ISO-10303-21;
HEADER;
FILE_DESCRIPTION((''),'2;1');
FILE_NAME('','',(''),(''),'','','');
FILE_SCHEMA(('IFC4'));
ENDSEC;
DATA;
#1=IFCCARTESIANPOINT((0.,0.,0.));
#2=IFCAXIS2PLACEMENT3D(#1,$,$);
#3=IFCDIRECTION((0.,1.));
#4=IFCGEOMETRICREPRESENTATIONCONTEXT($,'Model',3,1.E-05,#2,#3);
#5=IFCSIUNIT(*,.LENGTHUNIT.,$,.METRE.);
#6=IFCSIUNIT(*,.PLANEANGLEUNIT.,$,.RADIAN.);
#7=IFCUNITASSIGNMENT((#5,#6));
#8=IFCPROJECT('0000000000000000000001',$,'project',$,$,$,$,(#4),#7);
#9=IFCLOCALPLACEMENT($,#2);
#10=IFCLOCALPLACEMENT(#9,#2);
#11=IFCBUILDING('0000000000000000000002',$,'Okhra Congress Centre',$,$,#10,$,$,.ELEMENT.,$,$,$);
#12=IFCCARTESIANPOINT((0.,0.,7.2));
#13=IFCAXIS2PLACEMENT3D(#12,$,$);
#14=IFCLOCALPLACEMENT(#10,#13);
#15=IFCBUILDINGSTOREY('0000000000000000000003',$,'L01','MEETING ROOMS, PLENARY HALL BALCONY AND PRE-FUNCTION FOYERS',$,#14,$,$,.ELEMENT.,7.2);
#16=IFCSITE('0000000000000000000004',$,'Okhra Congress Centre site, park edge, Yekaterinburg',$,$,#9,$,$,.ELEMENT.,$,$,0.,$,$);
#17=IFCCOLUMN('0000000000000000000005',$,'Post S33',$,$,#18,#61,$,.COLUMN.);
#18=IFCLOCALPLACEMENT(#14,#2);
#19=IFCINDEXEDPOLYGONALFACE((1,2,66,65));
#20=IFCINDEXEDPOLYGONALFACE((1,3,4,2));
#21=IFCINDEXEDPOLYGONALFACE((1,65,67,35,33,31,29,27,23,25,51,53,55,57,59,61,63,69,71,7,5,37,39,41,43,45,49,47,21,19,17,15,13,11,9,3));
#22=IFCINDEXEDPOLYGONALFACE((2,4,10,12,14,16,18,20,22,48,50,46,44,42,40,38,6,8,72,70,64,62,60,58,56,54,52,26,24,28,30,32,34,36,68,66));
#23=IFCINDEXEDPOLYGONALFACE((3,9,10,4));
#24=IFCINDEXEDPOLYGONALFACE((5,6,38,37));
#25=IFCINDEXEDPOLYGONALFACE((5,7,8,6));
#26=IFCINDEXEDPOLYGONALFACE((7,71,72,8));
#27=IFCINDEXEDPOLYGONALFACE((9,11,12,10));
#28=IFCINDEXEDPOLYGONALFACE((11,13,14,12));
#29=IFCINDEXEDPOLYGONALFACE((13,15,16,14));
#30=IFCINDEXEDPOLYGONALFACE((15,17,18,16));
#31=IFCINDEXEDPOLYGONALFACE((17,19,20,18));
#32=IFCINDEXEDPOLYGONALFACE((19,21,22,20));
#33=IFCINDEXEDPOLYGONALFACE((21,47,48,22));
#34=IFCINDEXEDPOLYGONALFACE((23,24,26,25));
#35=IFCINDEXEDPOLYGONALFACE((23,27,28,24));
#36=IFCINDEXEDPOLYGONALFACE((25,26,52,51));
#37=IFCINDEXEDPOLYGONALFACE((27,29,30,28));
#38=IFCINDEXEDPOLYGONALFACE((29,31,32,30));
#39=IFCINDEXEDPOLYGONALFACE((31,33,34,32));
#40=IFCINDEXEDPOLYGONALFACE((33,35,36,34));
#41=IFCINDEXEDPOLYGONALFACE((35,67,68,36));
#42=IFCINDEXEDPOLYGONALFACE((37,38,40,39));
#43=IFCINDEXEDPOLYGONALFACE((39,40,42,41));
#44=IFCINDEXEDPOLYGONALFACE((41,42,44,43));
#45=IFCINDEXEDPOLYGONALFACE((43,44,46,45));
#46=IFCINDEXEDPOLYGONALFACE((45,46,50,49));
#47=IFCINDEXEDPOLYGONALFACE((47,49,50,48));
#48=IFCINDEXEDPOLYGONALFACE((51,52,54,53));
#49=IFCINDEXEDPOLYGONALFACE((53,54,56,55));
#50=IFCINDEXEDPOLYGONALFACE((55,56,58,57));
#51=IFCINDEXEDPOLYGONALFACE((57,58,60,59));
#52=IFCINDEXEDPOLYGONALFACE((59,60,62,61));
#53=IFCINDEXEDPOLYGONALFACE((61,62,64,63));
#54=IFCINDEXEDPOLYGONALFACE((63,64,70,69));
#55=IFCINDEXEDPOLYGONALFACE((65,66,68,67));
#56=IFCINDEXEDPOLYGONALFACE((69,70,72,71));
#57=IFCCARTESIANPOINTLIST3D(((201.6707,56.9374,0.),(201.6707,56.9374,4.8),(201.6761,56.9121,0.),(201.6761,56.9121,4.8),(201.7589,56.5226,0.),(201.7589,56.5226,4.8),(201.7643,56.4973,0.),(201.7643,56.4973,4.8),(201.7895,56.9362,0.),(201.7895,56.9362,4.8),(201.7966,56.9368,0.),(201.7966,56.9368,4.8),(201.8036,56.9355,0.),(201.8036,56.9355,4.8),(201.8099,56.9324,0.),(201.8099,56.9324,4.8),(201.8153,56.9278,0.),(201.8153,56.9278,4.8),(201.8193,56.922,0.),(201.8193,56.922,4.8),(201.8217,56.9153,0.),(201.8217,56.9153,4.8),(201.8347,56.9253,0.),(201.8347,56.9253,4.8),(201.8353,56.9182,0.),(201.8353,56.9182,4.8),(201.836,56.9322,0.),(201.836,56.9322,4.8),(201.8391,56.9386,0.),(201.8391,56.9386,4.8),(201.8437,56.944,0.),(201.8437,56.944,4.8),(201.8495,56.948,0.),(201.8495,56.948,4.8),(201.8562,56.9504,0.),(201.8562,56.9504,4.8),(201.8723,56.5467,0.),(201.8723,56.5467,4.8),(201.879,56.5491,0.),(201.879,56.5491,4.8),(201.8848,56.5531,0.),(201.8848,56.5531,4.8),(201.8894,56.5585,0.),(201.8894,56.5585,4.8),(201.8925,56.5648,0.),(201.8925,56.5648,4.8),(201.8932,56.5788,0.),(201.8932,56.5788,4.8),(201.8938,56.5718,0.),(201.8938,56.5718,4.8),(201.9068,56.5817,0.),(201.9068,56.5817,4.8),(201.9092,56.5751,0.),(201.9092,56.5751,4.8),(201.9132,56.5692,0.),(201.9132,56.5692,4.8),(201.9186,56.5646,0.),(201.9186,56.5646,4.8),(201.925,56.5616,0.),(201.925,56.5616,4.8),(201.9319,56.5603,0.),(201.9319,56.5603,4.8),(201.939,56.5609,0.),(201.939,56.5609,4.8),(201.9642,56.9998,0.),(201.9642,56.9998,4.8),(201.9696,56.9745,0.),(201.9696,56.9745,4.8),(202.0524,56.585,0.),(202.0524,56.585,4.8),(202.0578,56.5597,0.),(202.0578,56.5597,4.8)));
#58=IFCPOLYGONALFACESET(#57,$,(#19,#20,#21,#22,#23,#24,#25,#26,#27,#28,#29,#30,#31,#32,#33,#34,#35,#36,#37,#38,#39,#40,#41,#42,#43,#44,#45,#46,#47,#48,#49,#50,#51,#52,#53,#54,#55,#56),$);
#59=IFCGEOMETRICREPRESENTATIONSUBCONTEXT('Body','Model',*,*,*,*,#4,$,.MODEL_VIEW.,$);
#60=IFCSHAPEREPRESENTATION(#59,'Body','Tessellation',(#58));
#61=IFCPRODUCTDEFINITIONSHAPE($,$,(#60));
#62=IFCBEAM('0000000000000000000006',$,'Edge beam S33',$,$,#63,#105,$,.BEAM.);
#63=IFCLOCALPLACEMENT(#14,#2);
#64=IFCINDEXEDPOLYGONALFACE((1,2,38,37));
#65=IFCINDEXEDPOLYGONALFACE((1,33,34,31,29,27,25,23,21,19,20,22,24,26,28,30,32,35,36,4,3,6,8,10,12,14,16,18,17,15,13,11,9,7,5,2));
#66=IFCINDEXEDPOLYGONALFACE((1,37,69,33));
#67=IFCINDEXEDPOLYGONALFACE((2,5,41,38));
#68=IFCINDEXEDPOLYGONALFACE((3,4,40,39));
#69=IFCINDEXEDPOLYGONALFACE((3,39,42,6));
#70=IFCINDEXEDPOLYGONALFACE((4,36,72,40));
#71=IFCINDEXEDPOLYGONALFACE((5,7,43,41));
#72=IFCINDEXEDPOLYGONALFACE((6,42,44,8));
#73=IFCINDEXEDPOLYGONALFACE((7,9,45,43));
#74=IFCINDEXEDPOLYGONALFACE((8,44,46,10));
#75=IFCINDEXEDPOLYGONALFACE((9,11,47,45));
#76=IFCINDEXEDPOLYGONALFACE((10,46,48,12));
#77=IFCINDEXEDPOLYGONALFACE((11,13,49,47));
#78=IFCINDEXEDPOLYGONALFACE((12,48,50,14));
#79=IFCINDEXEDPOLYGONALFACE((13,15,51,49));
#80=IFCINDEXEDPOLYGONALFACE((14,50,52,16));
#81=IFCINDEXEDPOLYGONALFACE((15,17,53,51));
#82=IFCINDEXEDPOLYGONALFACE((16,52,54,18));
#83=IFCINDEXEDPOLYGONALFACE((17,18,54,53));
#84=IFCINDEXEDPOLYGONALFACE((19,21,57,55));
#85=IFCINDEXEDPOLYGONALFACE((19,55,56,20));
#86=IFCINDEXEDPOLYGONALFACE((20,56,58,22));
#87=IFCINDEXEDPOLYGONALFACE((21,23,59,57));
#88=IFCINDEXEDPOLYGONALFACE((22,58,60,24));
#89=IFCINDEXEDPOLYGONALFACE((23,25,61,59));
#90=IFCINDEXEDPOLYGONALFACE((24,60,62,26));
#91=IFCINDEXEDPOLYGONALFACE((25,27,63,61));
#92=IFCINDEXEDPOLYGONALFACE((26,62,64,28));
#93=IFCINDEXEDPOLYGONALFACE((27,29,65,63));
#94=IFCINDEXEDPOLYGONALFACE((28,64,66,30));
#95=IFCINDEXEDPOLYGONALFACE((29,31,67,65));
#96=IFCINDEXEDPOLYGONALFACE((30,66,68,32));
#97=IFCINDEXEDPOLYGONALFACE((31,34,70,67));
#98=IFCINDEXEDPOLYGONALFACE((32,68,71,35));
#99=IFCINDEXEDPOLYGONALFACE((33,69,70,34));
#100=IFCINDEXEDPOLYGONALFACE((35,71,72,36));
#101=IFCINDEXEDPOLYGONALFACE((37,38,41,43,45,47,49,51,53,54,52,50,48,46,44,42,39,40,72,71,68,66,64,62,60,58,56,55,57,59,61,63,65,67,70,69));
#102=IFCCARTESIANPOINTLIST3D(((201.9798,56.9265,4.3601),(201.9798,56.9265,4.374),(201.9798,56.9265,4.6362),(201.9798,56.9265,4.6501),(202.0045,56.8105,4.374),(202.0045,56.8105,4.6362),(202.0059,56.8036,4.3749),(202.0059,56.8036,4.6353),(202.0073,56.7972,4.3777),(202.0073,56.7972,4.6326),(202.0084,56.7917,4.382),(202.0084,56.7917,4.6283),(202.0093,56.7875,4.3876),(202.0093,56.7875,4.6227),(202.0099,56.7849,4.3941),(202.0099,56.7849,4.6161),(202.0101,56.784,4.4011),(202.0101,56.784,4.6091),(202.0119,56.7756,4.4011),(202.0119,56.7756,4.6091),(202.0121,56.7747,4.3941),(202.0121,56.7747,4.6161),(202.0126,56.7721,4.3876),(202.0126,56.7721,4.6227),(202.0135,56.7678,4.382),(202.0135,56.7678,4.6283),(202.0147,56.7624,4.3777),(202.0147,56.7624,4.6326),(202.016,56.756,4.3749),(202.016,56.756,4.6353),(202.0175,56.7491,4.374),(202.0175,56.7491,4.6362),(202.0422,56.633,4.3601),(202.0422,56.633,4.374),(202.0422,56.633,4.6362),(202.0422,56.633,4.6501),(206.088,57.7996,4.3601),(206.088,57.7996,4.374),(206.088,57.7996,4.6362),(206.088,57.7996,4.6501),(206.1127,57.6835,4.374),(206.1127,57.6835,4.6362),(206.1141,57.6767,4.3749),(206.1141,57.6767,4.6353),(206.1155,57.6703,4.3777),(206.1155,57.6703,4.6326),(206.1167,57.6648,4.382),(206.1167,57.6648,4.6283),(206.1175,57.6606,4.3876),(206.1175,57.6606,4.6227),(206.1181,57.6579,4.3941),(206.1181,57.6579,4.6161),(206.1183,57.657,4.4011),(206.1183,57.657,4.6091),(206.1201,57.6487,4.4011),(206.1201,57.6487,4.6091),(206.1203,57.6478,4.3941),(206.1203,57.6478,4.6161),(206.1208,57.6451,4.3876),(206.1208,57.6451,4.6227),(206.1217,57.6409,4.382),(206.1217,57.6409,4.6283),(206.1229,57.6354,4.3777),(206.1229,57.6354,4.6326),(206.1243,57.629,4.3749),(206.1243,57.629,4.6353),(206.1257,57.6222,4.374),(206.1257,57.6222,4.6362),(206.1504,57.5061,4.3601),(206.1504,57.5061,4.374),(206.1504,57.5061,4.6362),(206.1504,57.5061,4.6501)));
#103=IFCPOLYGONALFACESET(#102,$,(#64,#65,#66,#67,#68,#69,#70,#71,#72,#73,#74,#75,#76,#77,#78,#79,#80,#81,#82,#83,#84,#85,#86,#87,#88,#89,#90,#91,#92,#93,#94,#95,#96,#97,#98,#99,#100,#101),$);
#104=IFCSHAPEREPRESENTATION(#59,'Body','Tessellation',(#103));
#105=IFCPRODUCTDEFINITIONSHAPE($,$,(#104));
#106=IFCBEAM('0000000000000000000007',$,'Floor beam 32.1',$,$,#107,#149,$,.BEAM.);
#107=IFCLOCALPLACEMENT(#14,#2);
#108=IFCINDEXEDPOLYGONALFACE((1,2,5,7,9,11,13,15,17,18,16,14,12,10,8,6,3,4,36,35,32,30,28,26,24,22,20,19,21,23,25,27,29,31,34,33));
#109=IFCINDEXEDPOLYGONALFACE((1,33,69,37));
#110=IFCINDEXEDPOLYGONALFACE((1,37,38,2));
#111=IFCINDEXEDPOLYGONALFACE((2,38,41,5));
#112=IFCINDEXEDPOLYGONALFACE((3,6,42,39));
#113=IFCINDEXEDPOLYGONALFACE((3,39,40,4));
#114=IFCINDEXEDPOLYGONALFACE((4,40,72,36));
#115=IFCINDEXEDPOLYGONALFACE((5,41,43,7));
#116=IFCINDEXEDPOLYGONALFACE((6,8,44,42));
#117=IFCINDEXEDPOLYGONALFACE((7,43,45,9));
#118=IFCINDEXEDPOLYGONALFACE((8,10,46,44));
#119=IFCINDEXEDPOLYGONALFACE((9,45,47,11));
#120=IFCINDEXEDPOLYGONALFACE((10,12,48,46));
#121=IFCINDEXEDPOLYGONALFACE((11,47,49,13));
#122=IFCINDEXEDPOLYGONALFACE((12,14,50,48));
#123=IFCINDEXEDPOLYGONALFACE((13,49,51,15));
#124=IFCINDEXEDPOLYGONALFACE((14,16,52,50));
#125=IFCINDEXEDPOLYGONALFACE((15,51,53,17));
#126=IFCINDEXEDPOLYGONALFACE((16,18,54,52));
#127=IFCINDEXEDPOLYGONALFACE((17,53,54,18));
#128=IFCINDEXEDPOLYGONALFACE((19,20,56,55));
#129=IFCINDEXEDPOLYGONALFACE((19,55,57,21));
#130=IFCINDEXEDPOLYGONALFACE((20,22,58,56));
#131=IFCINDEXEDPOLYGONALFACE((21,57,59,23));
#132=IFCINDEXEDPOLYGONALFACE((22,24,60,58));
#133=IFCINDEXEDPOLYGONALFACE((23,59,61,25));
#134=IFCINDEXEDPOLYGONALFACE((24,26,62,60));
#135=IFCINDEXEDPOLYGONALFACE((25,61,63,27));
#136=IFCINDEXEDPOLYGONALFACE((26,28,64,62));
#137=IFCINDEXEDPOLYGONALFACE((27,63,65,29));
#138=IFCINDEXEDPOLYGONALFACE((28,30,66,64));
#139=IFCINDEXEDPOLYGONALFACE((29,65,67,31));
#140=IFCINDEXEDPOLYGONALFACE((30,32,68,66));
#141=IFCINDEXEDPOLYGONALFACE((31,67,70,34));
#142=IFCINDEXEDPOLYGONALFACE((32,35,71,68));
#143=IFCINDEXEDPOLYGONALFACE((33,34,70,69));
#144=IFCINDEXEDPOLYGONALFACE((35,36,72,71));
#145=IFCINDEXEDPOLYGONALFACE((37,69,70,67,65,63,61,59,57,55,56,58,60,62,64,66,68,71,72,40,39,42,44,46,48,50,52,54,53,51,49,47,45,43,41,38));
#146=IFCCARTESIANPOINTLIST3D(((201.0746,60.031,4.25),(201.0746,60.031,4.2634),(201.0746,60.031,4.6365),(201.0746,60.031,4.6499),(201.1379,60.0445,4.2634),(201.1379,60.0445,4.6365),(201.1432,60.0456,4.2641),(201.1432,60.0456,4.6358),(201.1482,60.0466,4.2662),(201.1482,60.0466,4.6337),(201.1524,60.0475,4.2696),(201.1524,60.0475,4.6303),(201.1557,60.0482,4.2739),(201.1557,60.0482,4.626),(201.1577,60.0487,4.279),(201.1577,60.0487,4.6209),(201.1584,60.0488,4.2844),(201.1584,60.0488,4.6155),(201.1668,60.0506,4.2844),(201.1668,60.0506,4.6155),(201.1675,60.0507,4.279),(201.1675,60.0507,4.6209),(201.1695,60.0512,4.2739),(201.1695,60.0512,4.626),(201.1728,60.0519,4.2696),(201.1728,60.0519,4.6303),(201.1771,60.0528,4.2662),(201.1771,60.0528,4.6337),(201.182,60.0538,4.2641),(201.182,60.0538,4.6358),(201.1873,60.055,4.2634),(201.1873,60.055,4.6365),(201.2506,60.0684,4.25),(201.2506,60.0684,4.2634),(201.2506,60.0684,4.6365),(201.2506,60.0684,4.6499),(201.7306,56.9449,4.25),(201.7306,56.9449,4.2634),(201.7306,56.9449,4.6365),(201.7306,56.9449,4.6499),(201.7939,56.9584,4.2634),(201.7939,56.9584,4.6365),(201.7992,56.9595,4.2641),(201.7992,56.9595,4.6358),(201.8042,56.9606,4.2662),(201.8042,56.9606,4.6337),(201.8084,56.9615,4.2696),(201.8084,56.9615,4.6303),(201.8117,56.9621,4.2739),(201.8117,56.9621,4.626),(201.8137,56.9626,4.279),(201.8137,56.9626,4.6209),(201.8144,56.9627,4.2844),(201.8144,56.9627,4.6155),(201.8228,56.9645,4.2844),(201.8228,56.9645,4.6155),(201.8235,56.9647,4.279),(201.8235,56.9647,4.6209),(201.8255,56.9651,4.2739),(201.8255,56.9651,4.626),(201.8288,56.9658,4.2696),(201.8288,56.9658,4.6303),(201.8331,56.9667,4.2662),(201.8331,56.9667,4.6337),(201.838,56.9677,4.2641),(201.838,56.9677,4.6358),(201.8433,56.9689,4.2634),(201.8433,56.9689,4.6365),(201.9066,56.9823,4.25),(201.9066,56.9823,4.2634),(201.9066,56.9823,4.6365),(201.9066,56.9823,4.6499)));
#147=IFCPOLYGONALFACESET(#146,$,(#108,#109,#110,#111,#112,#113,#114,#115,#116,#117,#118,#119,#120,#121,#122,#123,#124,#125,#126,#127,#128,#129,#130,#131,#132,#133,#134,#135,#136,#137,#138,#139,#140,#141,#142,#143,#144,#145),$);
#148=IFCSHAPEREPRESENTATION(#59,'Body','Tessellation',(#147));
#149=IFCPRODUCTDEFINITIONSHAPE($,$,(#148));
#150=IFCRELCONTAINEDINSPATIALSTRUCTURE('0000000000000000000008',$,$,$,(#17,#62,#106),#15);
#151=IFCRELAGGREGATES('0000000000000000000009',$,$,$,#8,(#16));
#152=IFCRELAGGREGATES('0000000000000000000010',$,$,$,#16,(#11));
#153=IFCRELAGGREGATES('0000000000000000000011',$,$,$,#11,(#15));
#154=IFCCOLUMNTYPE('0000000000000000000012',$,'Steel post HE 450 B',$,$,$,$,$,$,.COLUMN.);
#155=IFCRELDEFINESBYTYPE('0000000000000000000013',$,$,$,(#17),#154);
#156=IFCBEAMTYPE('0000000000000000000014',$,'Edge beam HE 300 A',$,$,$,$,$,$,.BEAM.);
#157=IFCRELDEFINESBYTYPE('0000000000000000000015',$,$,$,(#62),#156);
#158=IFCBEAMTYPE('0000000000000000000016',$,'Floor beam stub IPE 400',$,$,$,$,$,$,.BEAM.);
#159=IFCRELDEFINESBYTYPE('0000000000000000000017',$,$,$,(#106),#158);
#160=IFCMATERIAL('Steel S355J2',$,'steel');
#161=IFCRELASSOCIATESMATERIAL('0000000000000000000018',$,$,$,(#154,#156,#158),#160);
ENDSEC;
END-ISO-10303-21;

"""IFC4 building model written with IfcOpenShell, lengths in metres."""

from ifc_helpers import new_model, si_unit, direction, frame, origin, origin_2d, place, context, subcontext, project, spatial, i_section, extrude, material, material_profile, profile_set, type_object, element, save


model = new_model("IFC4")

# Units and contexts
model_context = context("Model", 3, precision=1e-05, world=origin(), true_north=direction((0.0, 1.0)))
body_context = subcontext(model_context, "Body", "Model", "MODEL_VIEW")
ifc_project = project(units=[si_unit("LENGTHUNIT", "METRE"), si_unit("PLANEANGLEUNIT", "RADIAN")], contexts=[model_context])

# Site, building, storey
site_placement = place(None, origin())
site = spatial("IfcSite", under=ifc_project, at=site_placement, Name="Okhra Congress Centre site, park edge, Yekaterinburg", CompositionType="ELEMENT", RefElevation=0.0)
building_placement = place(site_placement, origin())
building = spatial("IfcBuilding", under=site, at=building_placement, Name="Okhra Congress Centre", CompositionType="ELEMENT")
storey_placement = place(building_placement, frame((0.0, 0.0, 7.2)))
storey = spatial("IfcBuildingStorey", under=building, at=storey_placement, Name="L01", Description="MEETING ROOMS, PLENARY HALL BALCONY AND PRE-FUNCTION FOYERS", CompositionType="ELEMENT", Elevation=7.2)

# Column
ifc_material_1 = material(Name="Steel S355J2", Category="steel")
ifc_material_profile_1 = material_profile(ifc_material_1, i_section(OverallWidth=0.3, OverallDepth=0.45, WebThickness=0.0139, FlangeThickness=0.0259, FilletRadius=0.0271, at=origin_2d()), Name="HE 450 B")
ifc_profile_set_1 = profile_set([ifc_material_profile_1], Name="Steel S355J2")
column_type = type_object("IfcColumnType", Name="Steel post HE 450 B", PredefinedType="COLUMN", material=ifc_profile_set_1)
column_placement = place(storey_placement, frame((201.8643, 56.7485, 0.0), z_axis=(0.0, 0.0, 1.0), x_axis=(0.978148, 0.207912, 0.0)))
element("IfcColumn", 1, at=column_placement, inside=storey, type_object=column_type, Name="Post S33", PredefinedType="COLUMN", context=body_context, shape_type="SweptSolid", body=[
    extrude(i_section(OverallWidth=0.3, OverallDepth=0.45, WebThickness=0.0139, FlangeThickness=0.0259, FilletRadius=0.0271, at=origin_2d()), origin(), (0.0, 0.0, 1.0), 4.8),
])

# Beams
ifc_material_profile_2 = material_profile(ifc_material_1, i_section(OverallWidth=0.3, OverallDepth=0.29, WebThickness=0.0085, FlangeThickness=0.0139, FilletRadius=0.0271, at=origin_2d()), Name="HE 300 A")
ifc_profile_set_2 = profile_set([ifc_material_profile_2], Name="Steel S355J2")
beam_type_1 = type_object("IfcBeamType", Name="Edge beam HE 300 A", PredefinedType="BEAM", material=ifc_profile_set_2)
beam_1_placement = place(storey_placement, frame((202.011, 56.7798, 4.5051), z_axis=(0.978156, 0.207873, 0.0), x_axis=(-0.207873, 0.978156, 0.0)))
element("IfcBeam", 2, at=beam_1_placement, inside=storey, type_object=beam_type_1, Name="Edge beam S33", PredefinedType="BEAM", context=body_context, shape_type="SweptSolid", body=[
    extrude(i_section(OverallWidth=0.3, OverallDepth=0.29, WebThickness=0.0085, FlangeThickness=0.0139, FilletRadius=0.0271, at=origin_2d()), origin(), (0.0, 0.0, 1.0), 4.2),
])
ifc_material_profile_3 = material_profile(ifc_material_1, i_section(OverallWidth=0.1799, OverallDepth=0.3999, WebThickness=0.0085, FlangeThickness=0.0134, FilletRadius=0.021, at=origin_2d()), Name="IPE 400")
ifc_profile_set_3 = profile_set([ifc_material_profile_3], Name="Steel S355J2")
beam_type_2 = type_object("IfcBeamType", Name="Floor beam stub IPE 400", PredefinedType="BEAM", material=ifc_profile_set_3)
beam_2_placement = place(storey_placement, frame((201.8186, 56.9636, 4.45), z_axis=(-0.207917, 0.978146, 0.0), x_axis=(-0.978146, -0.207917, 0.0)))
element("IfcBeam", 3, at=beam_2_placement, inside=storey, type_object=beam_type_2, Name="Floor beam 32.1", PredefinedType="BEAM", context=body_context, shape_type="SweptSolid", body=[
    extrude(i_section(OverallWidth=0.1799, OverallDepth=0.3999, WebThickness=0.0085, FlangeThickness=0.0134, FilletRadius=0.021, at=origin_2d()), origin(), (0.0, 0.0, 1.0), 3.155),
])

save(model, "model.ifc")
